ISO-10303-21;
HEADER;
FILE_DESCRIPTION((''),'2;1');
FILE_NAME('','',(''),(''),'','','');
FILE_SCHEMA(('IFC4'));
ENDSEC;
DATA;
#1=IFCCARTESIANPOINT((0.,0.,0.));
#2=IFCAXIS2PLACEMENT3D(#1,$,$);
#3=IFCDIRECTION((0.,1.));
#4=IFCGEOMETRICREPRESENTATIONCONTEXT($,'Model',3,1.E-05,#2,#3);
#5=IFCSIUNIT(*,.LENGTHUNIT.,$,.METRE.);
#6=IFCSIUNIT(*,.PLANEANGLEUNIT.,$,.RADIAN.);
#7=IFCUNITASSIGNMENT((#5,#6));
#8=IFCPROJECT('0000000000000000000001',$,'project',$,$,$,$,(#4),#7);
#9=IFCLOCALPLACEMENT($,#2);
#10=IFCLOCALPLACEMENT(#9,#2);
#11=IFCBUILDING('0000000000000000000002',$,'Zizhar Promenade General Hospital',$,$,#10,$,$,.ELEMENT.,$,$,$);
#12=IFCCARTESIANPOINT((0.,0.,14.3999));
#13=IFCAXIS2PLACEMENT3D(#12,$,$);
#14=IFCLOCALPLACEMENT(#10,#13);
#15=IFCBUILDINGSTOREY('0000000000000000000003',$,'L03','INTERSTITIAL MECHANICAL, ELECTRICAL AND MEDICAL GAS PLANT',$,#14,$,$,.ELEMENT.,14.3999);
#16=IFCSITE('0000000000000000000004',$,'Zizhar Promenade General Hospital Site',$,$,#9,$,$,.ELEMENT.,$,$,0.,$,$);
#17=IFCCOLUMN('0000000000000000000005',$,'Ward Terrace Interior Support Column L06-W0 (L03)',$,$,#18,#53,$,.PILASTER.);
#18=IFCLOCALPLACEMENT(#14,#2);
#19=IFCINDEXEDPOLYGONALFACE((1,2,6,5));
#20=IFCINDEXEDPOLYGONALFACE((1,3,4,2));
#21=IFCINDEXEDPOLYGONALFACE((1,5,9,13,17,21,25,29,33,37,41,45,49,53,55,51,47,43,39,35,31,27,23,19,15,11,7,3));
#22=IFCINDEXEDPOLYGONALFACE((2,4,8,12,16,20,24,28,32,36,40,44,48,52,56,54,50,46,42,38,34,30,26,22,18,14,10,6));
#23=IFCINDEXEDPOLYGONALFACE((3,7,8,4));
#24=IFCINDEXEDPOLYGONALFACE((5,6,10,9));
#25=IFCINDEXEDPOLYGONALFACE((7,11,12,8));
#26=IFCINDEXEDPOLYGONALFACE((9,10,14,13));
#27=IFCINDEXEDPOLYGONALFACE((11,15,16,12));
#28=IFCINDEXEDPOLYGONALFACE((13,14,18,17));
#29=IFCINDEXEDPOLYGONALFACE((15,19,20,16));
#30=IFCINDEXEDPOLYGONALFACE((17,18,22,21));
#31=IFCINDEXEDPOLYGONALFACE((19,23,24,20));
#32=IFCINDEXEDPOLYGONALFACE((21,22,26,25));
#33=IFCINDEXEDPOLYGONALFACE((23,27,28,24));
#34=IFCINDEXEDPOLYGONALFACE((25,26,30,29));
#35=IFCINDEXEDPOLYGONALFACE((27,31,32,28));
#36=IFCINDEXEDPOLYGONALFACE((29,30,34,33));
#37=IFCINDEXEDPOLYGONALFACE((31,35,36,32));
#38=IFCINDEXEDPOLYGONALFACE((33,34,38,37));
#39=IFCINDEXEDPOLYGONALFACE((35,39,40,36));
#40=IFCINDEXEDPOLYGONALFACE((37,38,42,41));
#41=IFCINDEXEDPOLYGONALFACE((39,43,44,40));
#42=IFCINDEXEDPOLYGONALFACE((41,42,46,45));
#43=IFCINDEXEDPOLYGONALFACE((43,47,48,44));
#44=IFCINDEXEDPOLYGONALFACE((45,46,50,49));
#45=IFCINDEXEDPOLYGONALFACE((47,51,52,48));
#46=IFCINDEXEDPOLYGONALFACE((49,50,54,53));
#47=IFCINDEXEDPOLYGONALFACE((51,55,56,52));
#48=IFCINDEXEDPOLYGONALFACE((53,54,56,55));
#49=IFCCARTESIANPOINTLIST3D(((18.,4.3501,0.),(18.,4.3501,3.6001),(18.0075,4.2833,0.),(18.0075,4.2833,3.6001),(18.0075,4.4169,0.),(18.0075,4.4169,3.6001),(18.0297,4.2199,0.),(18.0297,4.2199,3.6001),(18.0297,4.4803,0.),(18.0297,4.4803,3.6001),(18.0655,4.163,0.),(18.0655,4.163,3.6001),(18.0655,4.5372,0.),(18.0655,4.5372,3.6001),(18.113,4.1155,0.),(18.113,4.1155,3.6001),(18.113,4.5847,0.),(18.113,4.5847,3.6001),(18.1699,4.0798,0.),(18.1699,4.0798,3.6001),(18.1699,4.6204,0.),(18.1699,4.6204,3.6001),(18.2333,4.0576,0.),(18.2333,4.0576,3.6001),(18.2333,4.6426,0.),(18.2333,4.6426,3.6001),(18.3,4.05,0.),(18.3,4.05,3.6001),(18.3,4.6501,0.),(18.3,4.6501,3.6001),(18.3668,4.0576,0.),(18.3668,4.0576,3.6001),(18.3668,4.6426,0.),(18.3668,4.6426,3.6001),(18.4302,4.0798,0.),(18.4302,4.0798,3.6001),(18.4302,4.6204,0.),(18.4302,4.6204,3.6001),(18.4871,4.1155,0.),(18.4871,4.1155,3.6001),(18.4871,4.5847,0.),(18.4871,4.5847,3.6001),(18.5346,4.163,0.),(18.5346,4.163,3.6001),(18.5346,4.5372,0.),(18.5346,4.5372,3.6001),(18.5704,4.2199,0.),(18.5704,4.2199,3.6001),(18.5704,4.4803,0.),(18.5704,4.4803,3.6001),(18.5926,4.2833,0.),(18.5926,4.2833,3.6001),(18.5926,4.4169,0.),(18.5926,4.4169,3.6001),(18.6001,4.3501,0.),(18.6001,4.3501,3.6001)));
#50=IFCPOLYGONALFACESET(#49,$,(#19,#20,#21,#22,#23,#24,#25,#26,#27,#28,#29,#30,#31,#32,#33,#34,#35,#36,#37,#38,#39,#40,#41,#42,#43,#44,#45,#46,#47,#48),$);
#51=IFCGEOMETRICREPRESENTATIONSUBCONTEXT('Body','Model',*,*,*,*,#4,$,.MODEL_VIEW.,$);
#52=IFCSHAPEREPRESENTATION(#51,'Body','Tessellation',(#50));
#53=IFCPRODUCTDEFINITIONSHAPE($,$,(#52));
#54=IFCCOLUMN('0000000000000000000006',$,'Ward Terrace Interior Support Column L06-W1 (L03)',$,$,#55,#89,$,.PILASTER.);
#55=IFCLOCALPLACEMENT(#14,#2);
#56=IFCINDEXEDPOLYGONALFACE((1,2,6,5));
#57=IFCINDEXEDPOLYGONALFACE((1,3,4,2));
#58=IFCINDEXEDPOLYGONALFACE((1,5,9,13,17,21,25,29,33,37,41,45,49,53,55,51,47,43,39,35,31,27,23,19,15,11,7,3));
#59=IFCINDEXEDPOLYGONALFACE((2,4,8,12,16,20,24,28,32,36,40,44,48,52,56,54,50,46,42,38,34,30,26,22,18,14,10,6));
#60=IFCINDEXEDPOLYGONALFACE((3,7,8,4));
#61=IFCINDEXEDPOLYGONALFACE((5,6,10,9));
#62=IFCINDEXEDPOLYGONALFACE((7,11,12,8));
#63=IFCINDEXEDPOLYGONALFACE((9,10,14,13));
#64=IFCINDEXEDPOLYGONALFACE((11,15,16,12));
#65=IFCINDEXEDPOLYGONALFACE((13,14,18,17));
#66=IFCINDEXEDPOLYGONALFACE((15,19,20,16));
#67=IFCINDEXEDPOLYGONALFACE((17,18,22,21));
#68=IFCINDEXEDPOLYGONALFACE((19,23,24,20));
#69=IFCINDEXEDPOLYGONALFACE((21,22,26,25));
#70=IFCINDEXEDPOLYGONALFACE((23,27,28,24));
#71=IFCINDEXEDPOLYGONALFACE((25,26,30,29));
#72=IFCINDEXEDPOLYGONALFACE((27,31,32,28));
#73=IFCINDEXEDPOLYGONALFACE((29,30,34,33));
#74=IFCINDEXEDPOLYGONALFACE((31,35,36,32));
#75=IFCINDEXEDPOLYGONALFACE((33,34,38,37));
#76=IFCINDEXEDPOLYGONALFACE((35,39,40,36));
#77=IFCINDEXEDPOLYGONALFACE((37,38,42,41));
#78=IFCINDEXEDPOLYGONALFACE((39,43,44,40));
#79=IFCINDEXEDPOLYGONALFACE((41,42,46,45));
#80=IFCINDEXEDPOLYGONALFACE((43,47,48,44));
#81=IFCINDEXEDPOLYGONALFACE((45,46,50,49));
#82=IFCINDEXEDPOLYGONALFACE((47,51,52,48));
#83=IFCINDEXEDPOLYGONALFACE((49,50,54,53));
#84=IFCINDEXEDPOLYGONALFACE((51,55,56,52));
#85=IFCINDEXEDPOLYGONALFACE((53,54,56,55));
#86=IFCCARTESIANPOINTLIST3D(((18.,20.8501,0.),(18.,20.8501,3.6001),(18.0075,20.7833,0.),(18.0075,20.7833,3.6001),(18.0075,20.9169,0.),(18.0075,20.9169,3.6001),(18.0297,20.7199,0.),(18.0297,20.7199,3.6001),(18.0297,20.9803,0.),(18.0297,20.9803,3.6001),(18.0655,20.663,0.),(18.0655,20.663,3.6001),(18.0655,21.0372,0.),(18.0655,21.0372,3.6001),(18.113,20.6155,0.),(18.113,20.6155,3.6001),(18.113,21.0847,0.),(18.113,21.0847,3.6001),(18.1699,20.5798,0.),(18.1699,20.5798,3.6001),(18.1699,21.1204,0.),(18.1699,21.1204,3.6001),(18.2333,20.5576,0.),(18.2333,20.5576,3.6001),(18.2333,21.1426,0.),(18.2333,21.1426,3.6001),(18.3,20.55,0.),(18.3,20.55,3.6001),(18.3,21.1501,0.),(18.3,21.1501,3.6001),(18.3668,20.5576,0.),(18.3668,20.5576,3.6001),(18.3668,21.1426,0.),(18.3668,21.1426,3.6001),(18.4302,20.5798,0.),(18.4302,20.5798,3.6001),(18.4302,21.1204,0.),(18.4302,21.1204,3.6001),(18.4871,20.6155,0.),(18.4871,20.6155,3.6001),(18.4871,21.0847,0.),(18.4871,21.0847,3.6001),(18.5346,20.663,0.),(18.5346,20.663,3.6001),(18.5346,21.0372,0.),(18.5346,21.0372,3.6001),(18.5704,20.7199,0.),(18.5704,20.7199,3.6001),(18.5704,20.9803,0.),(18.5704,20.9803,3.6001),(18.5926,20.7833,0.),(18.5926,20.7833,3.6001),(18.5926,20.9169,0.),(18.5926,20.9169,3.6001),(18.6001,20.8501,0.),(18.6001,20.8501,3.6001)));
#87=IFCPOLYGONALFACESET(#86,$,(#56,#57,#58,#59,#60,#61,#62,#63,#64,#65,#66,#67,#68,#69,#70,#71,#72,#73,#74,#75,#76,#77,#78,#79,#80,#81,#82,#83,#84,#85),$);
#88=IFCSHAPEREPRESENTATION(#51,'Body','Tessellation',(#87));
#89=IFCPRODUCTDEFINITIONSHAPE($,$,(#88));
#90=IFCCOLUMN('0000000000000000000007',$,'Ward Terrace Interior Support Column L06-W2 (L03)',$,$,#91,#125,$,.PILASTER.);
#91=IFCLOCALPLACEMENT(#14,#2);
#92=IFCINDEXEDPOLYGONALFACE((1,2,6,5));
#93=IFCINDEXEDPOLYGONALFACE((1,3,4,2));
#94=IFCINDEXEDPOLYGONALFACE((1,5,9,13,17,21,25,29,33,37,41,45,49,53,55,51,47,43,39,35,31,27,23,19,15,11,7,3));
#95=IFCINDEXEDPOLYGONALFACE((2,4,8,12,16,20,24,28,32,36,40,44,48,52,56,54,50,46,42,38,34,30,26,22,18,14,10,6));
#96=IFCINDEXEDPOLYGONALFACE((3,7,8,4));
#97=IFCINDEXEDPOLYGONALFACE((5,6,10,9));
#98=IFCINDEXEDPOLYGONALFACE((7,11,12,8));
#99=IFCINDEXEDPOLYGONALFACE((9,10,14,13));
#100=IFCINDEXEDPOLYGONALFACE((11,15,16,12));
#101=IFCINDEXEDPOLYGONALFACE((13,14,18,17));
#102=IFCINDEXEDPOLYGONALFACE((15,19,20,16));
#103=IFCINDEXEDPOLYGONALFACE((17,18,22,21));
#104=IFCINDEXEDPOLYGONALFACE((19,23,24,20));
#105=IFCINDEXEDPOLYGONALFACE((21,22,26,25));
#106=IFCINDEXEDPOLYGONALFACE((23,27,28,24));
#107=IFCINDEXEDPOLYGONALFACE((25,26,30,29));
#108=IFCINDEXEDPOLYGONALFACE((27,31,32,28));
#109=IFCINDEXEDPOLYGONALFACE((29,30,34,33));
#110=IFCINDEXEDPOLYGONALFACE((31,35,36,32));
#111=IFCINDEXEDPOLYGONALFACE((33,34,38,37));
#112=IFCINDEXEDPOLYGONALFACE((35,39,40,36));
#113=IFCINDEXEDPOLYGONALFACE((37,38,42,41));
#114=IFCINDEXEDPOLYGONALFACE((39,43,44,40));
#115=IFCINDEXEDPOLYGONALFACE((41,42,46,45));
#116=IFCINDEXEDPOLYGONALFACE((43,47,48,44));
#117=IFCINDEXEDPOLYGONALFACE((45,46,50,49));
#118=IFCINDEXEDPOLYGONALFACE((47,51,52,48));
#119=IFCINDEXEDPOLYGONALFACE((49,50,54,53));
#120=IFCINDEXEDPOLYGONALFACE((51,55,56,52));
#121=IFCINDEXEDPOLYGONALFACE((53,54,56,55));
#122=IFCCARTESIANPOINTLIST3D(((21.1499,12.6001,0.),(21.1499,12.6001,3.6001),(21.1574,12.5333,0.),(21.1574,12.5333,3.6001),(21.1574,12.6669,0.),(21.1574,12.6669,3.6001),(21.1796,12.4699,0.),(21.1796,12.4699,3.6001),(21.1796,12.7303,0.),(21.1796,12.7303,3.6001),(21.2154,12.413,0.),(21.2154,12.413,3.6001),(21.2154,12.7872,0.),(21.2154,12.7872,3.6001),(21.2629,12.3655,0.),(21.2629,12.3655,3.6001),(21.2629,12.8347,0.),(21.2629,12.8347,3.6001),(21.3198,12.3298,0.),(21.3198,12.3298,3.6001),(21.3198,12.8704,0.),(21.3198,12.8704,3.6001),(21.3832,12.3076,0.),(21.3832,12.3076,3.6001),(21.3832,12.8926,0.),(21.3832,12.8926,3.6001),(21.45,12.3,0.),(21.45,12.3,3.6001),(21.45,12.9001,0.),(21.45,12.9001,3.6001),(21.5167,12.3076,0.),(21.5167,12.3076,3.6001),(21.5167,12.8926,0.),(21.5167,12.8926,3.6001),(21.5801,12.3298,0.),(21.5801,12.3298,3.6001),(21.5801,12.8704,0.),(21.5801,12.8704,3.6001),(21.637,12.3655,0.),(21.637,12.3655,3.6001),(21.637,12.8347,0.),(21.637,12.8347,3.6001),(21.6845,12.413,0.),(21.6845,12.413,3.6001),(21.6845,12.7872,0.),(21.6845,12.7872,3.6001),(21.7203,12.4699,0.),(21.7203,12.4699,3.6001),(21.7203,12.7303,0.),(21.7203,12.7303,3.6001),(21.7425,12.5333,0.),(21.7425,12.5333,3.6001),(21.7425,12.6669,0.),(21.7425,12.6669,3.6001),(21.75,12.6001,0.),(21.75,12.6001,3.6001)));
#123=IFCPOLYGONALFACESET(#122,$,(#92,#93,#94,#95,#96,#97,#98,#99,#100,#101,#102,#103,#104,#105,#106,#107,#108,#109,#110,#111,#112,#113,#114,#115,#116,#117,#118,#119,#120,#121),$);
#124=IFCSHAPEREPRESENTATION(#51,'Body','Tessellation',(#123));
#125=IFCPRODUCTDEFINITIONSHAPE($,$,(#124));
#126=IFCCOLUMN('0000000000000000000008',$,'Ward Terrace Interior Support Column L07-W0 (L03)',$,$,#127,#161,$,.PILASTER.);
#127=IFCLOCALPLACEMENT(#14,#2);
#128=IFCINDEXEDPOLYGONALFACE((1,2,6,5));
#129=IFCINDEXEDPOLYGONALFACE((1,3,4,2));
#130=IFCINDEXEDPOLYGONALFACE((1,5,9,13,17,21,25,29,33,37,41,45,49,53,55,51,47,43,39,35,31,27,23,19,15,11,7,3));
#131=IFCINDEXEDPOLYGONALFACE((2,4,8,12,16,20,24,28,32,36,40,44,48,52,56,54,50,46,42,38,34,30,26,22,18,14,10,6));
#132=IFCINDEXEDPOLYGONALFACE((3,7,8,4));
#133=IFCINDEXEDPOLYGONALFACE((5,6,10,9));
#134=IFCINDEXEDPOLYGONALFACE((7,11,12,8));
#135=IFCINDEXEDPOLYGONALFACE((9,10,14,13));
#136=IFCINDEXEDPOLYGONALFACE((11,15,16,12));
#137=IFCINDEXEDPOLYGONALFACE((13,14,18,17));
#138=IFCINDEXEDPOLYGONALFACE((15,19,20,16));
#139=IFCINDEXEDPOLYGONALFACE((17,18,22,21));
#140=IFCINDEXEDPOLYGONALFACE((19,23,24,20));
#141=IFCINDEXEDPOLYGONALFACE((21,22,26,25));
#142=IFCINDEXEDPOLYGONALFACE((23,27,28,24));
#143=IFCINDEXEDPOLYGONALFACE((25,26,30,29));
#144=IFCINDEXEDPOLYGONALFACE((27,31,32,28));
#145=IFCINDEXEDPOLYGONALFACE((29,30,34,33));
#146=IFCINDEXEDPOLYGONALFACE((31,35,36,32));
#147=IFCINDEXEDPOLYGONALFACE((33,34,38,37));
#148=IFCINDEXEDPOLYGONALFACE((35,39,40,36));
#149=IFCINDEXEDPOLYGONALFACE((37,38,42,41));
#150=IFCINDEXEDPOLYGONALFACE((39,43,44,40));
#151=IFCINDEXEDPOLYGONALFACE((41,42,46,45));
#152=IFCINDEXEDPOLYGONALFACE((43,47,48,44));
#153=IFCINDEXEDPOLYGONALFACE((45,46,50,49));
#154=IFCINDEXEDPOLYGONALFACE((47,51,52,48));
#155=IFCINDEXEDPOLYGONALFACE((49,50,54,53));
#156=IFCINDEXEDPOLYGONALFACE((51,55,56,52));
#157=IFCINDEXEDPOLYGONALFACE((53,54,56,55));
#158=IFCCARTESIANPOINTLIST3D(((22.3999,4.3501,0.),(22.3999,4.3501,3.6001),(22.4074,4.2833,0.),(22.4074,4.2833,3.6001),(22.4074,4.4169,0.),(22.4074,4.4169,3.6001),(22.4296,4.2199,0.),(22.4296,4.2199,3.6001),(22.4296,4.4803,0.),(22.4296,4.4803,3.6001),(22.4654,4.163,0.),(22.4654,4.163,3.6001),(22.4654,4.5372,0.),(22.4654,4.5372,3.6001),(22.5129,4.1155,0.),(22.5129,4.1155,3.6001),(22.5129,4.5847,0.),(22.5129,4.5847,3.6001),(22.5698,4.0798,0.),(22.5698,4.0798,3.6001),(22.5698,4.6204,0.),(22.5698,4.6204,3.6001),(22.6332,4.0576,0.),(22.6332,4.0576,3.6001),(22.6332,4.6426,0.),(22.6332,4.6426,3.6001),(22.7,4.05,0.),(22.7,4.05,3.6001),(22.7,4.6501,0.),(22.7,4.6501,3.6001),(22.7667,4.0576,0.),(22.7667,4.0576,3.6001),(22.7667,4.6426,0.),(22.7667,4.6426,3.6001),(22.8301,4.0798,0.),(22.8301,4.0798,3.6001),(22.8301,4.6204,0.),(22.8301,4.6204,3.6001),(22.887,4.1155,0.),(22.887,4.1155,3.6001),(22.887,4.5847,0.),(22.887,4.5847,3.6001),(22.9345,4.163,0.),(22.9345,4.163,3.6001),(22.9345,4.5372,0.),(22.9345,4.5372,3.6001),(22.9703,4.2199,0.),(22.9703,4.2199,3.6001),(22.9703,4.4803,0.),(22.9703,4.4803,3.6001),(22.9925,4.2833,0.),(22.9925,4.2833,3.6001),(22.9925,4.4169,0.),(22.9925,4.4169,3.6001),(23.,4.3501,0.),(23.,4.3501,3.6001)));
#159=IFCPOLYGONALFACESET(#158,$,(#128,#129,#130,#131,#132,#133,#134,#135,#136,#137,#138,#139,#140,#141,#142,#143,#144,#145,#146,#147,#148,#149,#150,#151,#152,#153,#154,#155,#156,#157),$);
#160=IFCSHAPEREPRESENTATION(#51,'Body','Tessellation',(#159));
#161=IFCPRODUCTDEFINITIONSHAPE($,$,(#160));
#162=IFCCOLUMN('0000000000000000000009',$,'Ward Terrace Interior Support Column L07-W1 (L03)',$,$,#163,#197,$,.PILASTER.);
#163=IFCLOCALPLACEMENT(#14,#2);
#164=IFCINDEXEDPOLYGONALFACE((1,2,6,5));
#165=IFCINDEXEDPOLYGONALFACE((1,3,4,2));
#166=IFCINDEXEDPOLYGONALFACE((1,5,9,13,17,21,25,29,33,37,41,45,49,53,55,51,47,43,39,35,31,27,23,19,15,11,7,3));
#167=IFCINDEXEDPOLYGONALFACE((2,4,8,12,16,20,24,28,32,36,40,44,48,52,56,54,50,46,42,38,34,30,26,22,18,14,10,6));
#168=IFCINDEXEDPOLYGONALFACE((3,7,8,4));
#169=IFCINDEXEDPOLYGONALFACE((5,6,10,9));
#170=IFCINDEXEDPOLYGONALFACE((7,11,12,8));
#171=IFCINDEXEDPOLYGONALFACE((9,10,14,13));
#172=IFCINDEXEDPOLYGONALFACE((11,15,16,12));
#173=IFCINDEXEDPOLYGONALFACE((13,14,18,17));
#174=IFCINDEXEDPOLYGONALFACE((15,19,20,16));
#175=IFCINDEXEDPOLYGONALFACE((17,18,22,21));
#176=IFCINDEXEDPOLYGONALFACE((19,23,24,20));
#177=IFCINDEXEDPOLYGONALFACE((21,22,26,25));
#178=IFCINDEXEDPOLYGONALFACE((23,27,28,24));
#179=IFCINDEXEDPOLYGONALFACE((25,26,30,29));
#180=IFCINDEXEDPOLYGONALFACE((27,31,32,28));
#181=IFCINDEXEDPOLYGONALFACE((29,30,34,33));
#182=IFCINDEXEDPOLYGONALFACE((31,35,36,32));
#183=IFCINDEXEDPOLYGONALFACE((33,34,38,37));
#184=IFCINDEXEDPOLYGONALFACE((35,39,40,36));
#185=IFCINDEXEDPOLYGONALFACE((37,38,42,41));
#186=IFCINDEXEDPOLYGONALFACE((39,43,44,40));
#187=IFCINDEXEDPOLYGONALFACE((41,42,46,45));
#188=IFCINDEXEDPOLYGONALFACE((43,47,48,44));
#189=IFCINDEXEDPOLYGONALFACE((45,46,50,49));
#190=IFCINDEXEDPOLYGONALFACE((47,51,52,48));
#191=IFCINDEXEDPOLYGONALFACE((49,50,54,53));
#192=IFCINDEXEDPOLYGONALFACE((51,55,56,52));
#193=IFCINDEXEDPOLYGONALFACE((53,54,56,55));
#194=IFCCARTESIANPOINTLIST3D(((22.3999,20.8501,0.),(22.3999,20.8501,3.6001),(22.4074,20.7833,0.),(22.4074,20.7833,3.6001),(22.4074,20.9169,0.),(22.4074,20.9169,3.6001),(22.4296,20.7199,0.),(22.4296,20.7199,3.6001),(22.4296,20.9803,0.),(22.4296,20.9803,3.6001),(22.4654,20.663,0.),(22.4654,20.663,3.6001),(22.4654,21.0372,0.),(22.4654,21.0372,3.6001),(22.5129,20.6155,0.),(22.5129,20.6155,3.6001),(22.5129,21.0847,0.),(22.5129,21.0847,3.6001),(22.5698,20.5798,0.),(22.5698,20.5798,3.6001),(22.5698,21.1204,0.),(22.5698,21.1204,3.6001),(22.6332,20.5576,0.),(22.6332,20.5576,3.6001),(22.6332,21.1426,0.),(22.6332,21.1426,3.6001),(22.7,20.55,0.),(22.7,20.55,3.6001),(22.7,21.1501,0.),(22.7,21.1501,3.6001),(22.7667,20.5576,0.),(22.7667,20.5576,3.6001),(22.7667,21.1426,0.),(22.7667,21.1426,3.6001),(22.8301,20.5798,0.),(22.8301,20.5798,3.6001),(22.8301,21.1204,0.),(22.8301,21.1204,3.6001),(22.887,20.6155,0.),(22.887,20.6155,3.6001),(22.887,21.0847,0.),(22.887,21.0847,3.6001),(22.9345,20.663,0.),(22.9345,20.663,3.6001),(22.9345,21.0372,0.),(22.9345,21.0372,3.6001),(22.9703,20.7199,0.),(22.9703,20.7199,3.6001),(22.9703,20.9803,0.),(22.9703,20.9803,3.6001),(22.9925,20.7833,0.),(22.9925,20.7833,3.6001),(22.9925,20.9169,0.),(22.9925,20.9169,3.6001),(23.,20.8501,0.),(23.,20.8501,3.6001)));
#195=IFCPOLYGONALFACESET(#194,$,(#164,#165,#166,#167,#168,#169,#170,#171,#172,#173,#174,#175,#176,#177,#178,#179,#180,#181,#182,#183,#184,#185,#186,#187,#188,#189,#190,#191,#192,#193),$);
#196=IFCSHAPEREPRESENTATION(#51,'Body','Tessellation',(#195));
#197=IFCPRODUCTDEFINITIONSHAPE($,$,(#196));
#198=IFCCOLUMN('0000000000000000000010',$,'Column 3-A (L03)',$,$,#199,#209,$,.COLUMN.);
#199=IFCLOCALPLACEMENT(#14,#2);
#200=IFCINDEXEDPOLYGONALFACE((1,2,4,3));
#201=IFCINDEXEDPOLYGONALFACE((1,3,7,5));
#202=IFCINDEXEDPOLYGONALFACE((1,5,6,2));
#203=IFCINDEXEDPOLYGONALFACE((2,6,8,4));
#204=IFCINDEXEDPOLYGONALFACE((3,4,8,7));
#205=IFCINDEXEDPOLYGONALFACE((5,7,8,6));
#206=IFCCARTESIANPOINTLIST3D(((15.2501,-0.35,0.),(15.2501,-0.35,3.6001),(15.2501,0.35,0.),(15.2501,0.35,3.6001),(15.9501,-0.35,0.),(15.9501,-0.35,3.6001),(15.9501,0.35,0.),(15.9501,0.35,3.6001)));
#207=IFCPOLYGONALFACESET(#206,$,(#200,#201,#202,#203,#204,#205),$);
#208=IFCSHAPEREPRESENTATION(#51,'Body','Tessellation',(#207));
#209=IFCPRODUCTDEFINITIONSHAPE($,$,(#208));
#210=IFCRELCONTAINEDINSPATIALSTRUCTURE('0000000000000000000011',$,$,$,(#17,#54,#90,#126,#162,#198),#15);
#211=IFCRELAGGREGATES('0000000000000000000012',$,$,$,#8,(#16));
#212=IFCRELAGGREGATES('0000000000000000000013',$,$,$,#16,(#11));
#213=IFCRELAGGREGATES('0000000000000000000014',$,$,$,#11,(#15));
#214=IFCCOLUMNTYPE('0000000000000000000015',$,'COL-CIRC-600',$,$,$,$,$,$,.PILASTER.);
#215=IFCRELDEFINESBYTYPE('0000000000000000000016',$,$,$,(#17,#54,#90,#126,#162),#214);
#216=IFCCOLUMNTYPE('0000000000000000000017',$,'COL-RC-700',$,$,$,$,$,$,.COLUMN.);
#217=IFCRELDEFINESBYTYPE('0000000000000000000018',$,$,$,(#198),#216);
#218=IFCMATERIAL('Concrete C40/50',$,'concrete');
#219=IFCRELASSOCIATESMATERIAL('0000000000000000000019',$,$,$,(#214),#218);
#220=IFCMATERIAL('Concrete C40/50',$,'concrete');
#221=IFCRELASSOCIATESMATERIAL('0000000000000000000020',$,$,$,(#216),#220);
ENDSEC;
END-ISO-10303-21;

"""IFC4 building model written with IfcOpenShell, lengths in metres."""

from ifc_helpers import new_model, si_unit, direction, frame, origin, origin_2d, place, context, subcontext, project, spatial, rectangle, circle, extrude, material, material_profile, profile_set, type_object, element, save


model = new_model("IFC4")

# Units and contexts
model_context = context("Model", 3, precision=1e-05, world=origin(), true_north=direction((0.0, 1.0)))
body_context = subcontext(model_context, "Body", "Model", "MODEL_VIEW")
ifc_project = project(units=[si_unit("LENGTHUNIT", "METRE"), si_unit("PLANEANGLEUNIT", "RADIAN")], contexts=[model_context])

# Site, building, storey
site_placement = place(None, origin())
site = spatial("IfcSite", under=ifc_project, at=site_placement, Name="Zizhar Promenade General Hospital Site", CompositionType="ELEMENT", RefElevation=0.0)
building_placement = place(site_placement, origin())
building = spatial("IfcBuilding", under=site, at=building_placement, Name="Zizhar Promenade General Hospital", CompositionType="ELEMENT")
storey_placement = place(building_placement, frame((0.0, 0.0, 14.3999)))
storey = spatial("IfcBuildingStorey", under=building, at=storey_placement, Name="L03", Description="INTERSTITIAL MECHANICAL, ELECTRICAL AND MEDICAL GAS PLANT", CompositionType="ELEMENT", Elevation=14.3999)

# Columns
ifc_material_1 = material(Name="Concrete C40/50", Category="concrete")
ifc_material_profile_1 = material_profile(ifc_material_1, circle(Radius=0.3, at=origin_2d()))
ifc_profile_set_1 = profile_set([ifc_material_profile_1], Name="Concrete C40/50")
column_type_1 = type_object("IfcColumnType", Name="COL-CIRC-600", PredefinedType="PILASTER", material=ifc_profile_set_1)
for number, where, z_axis, x_axis, name in (
    (1, (18.3, 4.3501, 0.0), (0.0, 0.0, 1.0), (1.0, 0.0, 0.0), "Ward Terrace Interior Support Column L06-W0 (L03)"),
    (2, (18.3, 20.8501, 0.0), (0.0, 0.0, 1.0), (1.0, 0.0, 0.0), "Ward Terrace Interior Support Column L06-W1 (L03)"),
    (3, (21.45, 12.6001, 0.0), (0.0, 0.0, 1.0), (1.0, 0.0, 0.0), "Ward Terrace Interior Support Column L06-W2 (L03)"),
    (4, (22.7, 4.3501, 0.0), (0.0, 0.0, 1.0), (1.0, 0.0, 0.0), "Ward Terrace Interior Support Column L07-W0 (L03)"),
    (5, (22.7, 20.8501, 0.0), (0.0, 0.0, 1.0), (1.0, 0.0, 0.0), "Ward Terrace Interior Support Column L07-W1 (L03)"),
):
    element("IfcColumn", number, at=place(storey_placement, frame(where, z_axis=z_axis, x_axis=x_axis)), inside=storey, type_object=column_type_1, Name=name, PredefinedType="PILASTER", context=body_context, shape_type="SweptSolid", body=[
        extrude(circle(Radius=0.3, at=origin_2d()), origin(), (0.0, 0.0, 1.0), 3.6001),
    ])
ifc_material_2 = material(Name="Concrete C40/50", Category="concrete")
ifc_material_profile_2 = material_profile(ifc_material_2, rectangle(XDim=0.7, YDim=0.7, at=origin_2d()))
ifc_profile_set_2 = profile_set([ifc_material_profile_2], Name="Concrete C40/50")
column_type_2 = type_object("IfcColumnType", Name="COL-RC-700", PredefinedType="COLUMN", material=ifc_profile_set_2)
for number, where, z_axis, x_axis, name in (
    (6, (15.6001, 0.0, 0.0), (0.0, 0.0, 1.0), (1.0, 0.0, 0.0), "Column 3-A (L03)"),
):
    element("IfcColumn", number, at=place(storey_placement, frame(where, z_axis=z_axis, x_axis=x_axis)), inside=storey, type_object=column_type_2, Name=name, PredefinedType="COLUMN", context=body_context, shape_type="SweptSolid", body=[
        extrude(rectangle(XDim=0.7, YDim=0.7, at=origin_2d()), origin(), (0.0, 0.0, 1.0), 3.6001),
    ])

save(model, "model.ifc")
